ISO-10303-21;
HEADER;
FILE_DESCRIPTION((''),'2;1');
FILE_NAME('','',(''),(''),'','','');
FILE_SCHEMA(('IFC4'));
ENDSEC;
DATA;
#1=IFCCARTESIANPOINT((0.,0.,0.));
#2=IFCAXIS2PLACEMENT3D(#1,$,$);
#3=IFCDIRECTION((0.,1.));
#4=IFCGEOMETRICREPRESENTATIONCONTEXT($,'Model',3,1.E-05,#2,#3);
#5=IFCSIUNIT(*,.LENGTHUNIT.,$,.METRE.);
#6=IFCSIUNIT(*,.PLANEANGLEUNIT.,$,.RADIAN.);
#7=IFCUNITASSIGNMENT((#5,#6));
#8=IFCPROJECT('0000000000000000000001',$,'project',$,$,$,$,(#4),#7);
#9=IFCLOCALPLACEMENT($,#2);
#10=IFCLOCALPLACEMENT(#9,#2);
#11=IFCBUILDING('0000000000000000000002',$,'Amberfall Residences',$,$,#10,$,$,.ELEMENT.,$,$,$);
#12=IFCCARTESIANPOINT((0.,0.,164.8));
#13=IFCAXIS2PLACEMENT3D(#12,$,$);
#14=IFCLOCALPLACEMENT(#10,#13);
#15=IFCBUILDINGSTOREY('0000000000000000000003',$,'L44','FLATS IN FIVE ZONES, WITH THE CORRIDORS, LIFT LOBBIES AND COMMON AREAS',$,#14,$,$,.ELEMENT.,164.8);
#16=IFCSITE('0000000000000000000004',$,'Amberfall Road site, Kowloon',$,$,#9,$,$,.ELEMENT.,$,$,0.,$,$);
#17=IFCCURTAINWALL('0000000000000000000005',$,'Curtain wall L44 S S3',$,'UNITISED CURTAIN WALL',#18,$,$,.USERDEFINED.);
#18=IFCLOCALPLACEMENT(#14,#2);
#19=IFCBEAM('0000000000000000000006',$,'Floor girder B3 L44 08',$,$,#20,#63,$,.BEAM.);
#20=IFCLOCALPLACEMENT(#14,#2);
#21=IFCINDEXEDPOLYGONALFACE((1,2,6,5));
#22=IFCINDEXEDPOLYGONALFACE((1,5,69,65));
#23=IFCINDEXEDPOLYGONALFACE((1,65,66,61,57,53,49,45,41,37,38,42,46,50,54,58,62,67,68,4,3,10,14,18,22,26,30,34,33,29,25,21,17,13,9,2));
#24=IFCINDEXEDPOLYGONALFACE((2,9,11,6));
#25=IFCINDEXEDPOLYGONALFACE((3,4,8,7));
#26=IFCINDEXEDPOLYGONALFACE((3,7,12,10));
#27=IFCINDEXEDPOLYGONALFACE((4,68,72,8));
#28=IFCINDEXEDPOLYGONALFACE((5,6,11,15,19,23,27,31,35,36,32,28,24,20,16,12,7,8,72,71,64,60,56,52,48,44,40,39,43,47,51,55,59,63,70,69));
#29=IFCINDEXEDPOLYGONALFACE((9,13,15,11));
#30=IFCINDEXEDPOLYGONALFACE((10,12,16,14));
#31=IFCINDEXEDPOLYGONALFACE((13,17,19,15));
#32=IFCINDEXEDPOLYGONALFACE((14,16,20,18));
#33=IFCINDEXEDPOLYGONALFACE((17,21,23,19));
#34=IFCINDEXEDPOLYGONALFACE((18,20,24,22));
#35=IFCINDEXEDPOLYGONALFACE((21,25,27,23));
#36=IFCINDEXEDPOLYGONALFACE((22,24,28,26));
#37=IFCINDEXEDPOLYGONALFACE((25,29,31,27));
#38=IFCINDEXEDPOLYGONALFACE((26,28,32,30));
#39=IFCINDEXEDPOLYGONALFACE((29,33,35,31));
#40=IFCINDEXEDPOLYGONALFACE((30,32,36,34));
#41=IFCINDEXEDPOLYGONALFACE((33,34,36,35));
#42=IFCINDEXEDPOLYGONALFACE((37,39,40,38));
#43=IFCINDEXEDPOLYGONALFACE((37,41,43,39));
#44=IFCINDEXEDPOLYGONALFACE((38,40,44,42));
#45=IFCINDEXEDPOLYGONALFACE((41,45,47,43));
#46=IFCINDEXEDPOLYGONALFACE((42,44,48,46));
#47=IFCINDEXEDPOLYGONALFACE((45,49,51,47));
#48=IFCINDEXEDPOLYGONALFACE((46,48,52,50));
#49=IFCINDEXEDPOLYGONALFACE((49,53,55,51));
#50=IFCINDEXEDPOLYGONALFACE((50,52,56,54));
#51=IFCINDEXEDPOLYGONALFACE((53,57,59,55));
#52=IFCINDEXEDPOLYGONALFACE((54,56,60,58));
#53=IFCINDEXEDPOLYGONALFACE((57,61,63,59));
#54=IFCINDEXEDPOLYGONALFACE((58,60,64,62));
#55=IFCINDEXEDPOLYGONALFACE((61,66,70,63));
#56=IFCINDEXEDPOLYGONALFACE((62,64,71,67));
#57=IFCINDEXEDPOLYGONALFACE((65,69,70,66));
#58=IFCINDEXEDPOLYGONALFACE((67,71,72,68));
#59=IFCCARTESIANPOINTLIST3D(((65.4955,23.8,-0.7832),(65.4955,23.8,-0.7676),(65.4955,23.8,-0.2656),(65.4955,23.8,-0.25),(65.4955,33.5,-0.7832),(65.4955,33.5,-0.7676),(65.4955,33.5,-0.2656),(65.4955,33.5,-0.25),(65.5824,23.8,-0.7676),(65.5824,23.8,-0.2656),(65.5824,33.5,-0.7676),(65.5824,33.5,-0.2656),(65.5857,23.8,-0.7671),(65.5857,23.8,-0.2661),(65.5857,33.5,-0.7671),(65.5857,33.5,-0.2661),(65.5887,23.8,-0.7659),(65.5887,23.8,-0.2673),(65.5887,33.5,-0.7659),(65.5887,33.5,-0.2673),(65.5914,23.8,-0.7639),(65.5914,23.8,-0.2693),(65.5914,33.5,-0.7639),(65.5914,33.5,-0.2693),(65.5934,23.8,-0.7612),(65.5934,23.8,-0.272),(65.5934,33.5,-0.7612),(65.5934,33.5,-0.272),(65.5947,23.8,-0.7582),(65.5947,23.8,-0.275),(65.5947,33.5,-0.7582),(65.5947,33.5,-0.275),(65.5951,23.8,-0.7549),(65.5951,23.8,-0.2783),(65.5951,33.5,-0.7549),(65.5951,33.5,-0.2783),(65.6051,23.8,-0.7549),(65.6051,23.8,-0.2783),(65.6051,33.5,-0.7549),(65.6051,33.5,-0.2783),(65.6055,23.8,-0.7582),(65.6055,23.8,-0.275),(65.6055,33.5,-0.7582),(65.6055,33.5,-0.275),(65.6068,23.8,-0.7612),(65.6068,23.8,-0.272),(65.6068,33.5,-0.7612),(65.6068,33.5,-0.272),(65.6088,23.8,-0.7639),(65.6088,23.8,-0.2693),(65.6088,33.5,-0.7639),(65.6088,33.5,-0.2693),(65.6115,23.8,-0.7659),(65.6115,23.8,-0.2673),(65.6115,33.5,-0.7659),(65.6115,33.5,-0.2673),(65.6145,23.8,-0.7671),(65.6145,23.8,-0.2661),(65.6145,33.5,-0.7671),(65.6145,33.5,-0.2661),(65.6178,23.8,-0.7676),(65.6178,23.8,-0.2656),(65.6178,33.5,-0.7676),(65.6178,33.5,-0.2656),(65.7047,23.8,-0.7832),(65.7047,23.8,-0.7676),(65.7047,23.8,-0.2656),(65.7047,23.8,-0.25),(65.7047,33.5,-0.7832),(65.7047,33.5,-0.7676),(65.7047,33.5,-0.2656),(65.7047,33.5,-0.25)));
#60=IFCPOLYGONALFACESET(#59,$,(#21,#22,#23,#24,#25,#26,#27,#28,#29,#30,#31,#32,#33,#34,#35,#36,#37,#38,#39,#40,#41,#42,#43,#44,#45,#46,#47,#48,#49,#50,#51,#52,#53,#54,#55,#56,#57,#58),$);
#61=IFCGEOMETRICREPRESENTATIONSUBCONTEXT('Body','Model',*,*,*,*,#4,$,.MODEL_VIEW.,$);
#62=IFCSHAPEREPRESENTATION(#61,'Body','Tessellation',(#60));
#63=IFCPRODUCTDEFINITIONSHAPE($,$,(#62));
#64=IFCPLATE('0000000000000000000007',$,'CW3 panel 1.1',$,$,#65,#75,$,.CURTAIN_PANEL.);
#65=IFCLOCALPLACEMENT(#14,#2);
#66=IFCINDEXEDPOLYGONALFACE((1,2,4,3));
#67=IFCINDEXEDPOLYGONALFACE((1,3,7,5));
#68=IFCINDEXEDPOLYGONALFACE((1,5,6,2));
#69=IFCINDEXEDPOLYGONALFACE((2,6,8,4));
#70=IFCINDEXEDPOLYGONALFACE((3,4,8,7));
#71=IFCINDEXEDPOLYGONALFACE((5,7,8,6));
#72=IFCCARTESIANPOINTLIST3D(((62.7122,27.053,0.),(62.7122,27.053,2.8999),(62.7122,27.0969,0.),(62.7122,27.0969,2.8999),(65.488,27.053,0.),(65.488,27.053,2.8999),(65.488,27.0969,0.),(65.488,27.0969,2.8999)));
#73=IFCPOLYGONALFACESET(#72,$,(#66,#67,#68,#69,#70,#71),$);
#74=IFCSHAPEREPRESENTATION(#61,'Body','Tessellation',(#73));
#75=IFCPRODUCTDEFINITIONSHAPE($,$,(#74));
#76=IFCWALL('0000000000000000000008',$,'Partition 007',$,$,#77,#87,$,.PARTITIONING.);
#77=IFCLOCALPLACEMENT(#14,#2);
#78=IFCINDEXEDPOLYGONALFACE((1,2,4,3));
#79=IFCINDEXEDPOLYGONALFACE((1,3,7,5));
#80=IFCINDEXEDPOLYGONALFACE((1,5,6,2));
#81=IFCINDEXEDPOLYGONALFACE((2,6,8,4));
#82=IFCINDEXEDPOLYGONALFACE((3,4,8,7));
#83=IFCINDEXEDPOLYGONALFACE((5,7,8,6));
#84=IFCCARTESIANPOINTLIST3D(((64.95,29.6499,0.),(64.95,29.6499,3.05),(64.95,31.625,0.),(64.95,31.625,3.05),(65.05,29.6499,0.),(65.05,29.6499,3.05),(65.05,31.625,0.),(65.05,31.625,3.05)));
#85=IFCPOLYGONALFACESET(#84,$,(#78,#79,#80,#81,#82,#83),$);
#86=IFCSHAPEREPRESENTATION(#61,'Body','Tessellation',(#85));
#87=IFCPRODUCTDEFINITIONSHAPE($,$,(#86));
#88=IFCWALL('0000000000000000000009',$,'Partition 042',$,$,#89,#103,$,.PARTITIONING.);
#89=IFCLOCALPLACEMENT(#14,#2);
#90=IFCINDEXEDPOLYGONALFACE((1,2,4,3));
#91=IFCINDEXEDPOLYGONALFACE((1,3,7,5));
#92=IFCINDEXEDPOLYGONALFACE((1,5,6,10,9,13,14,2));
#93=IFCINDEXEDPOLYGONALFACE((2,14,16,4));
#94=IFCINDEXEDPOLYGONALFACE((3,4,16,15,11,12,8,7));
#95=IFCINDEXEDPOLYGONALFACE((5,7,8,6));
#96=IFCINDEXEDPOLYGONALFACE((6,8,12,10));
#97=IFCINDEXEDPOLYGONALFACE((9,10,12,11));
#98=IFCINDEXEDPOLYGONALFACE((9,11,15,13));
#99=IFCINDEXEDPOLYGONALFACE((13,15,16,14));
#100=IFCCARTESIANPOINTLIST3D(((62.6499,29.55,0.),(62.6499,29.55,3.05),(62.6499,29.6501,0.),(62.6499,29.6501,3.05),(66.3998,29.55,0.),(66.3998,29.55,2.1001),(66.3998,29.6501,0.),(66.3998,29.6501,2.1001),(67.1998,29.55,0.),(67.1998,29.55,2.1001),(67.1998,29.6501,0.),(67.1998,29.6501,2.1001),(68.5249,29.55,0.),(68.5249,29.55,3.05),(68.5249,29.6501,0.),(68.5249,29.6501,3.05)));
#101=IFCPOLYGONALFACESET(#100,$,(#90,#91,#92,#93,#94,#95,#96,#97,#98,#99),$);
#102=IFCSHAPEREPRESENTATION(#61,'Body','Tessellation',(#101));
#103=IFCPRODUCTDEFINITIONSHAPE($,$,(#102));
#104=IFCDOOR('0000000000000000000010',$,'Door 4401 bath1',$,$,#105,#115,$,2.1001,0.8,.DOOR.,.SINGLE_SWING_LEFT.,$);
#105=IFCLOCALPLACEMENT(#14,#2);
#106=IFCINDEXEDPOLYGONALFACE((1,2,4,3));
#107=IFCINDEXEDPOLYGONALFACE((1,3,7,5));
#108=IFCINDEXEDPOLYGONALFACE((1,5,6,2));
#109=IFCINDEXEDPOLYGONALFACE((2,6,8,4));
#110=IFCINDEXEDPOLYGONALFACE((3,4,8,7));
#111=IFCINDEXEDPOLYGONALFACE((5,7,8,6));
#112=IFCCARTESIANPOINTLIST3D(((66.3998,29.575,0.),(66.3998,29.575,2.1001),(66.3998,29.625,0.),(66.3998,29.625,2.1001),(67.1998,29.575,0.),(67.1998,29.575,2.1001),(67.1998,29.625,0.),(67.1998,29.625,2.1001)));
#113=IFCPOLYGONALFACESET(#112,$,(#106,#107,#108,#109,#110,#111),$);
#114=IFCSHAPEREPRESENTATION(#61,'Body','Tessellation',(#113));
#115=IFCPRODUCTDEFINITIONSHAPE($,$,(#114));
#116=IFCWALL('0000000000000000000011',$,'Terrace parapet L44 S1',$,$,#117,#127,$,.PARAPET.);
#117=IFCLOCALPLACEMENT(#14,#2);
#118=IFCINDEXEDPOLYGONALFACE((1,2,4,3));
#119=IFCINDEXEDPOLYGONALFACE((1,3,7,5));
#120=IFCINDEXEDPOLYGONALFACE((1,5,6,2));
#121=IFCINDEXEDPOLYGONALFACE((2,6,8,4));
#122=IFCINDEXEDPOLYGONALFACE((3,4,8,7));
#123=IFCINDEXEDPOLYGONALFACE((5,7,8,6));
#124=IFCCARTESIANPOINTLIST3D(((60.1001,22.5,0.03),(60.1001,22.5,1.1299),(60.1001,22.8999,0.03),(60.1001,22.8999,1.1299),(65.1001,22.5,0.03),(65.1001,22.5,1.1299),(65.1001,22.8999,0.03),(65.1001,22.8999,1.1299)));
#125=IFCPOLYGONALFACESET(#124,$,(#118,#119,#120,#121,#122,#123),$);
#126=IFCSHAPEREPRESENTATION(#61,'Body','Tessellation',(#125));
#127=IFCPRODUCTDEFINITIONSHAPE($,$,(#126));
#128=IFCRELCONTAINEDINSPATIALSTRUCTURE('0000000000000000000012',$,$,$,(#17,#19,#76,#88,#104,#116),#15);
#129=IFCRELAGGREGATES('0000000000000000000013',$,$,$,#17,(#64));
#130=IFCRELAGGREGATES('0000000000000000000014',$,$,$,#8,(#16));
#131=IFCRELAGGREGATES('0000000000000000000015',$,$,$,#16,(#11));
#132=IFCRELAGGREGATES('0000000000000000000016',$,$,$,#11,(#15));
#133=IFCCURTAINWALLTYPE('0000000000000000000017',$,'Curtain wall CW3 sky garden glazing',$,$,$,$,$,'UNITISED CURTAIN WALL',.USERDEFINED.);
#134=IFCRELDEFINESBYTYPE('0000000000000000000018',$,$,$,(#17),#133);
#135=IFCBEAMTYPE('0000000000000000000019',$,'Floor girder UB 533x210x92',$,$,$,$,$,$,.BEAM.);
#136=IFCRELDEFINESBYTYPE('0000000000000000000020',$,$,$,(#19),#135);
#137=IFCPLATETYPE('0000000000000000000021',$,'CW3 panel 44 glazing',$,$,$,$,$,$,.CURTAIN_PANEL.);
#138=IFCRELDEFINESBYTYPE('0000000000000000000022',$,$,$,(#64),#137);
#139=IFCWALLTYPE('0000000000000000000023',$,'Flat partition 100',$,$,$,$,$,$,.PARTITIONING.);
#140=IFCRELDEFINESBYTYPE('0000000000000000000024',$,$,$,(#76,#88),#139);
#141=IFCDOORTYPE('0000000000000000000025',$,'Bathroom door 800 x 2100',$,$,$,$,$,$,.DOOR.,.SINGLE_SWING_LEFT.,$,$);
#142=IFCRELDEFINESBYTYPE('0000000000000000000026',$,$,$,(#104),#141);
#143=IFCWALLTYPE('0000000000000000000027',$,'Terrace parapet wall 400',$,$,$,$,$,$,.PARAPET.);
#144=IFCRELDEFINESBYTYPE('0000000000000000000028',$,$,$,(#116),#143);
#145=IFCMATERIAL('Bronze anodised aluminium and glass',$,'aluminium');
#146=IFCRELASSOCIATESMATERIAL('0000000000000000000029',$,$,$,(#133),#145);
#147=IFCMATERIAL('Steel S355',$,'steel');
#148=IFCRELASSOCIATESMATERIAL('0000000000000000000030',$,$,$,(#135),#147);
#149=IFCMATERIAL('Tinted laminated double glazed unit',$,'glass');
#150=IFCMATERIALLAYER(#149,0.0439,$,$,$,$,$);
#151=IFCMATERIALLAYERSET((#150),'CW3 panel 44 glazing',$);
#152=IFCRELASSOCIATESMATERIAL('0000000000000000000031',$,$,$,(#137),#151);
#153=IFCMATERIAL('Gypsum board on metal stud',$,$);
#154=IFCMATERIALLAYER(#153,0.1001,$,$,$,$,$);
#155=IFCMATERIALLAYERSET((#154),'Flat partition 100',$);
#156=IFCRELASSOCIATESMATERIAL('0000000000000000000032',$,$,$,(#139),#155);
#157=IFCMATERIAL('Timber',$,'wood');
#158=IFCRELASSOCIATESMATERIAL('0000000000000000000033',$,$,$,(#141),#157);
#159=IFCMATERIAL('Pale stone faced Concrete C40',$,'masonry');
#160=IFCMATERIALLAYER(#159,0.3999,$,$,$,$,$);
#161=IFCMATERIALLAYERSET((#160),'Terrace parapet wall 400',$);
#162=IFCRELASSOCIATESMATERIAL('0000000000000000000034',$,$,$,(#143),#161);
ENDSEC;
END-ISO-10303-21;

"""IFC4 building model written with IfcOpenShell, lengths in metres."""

from ifc_helpers import new_model, si_unit, direction, frame, frame_2d, origin, origin_2d, place, context, subcontext, project, spatial, rectangle, i_section, extrude, material, layer, layer_set, material_profile, profile_set, type_object, element, fill, aggregate, save


model = new_model("IFC4")

# Units and contexts
model_context = context("Model", 3, precision=1e-05, world=origin(), true_north=direction((0.0, 1.0)))
body_context = subcontext(model_context, "Body", "Model", "MODEL_VIEW")
ifc_project = project(units=[si_unit("LENGTHUNIT", "METRE"), si_unit("PLANEANGLEUNIT", "RADIAN")], contexts=[model_context])

# Site, building, storey
site_placement = place(None, origin())
site = spatial("IfcSite", under=ifc_project, at=site_placement, Name="Amberfall Road site, Kowloon", CompositionType="ELEMENT", RefElevation=0.0)
building_placement = place(site_placement, origin())
building = spatial("IfcBuilding", under=site, at=building_placement, Name="Amberfall Residences", CompositionType="ELEMENT")
storey_placement = place(building_placement, frame((0.0, 0.0, 164.8)))
storey = spatial("IfcBuildingStorey", under=building, at=storey_placement, Name="L44", Description="FLATS IN FIVE ZONES, WITH THE CORRIDORS, LIFT LOBBIES AND COMMON AREAS", CompositionType="ELEMENT", Elevation=164.8)

# Curtain wall
ifc_material_1 = material(Name="Bronze anodised aluminium and glass", Category="aluminium")
curtain_wall_type = type_object("IfcCurtainWallType", Name="Curtain wall CW3 sky garden glazing", ElementType="UNITISED CURTAIN WALL", PredefinedType="USERDEFINED", material=ifc_material_1)
curtain_wall_placement = place(storey_placement, origin())
curtain_wall = element("IfcCurtainWall", 1, at=curtain_wall_placement, inside=storey, type_object=curtain_wall_type, Name="Curtain wall L44 S S3", ObjectType="UNITISED CURTAIN WALL", PredefinedType="USERDEFINED")

# Beam
ifc_material_2 = material(Name="Steel S355", Category="steel")
ifc_material_profile_1 = material_profile(ifc_material_2, i_section(OverallWidth=0.2092, OverallDepth=0.5332, WebThickness=0.01, FlangeThickness=0.0156, FilletRadius=0.0127, at=origin_2d()), Name="UB 533x210x92")
ifc_profile_set_1 = profile_set([ifc_material_profile_1], Name="Steel S355")
beam_type_1 = type_object("IfcBeamType", Name="Floor girder UB 533x210x92", PredefinedType="BEAM", material=ifc_profile_set_1)
beam_1_placement = place(storey_placement, frame((65.6001, 23.8, -0.5166), z_axis=(0.0, 1.0, 0.0), x_axis=(-1.0, 0.0, 0.0)))
element("IfcBeam", 2, at=beam_1_placement, inside=storey, type_object=beam_type_1, Name="Floor girder B3 L44 08", PredefinedType="BEAM", context=body_context, shape_type="SweptSolid", body=[
    extrude(i_section(OverallWidth=0.2092, OverallDepth=0.5332, WebThickness=0.01, FlangeThickness=0.0156, FilletRadius=0.0127, at=origin_2d()), origin(), (0.0, 0.0, 1.0), 9.7),
])

# Plate
ifc_material_3 = material(Name="Tinted laminated double glazed unit", Category="glass")
ifc_layer_1 = layer(ifc_material_3, 0.0439)
ifc_layer_set_1 = layer_set([ifc_layer_1], Name="CW3 panel 44 glazing")
plate_type = type_object("IfcPlateType", Name="CW3 panel 44 glazing", PredefinedType="CURTAIN_PANEL", material=ifc_layer_set_1)
plate_placement = place(storey_placement, frame((64.1001, 27.075, 0.0), z_axis=(0.0, 0.0, 1.0), x_axis=(1.0, 0.0, 0.0)))
plate = element("IfcPlate", 3, at=plate_placement, type_object=plate_type, Name="CW3 panel 1.1", PredefinedType="CURTAIN_PANEL", context=body_context, shape_type="SweptSolid", body=[
    extrude(rectangle(XDim=2.7759, YDim=0.0439, at=origin_2d()), origin(), (0.0, 0.0, 1.0), 2.8999),
])
aggregate(curtain_wall, [plate])

# Wall
ifc_material_4 = material(Name="Gypsum board on metal stud")
ifc_layer_2 = layer(ifc_material_4, 0.1001)
ifc_layer_set_2 = layer_set([ifc_layer_2], Name="Flat partition 100")
wall_type_1 = type_object("IfcWallType", Name="Flat partition 100", PredefinedType="PARTITIONING", material=ifc_layer_set_2)
wall_1_placement = place(storey_placement, frame((65.0, 29.6499, 0.0), z_axis=(0.0, 0.0, 1.0), x_axis=(0.0, 1.0, 0.0)))
element("IfcWall", 4, at=wall_1_placement, inside=storey, type_object=wall_type_1, Name="Partition 007", PredefinedType="PARTITIONING", context=body_context, shape_type="SweptSolid", body=[
    extrude(rectangle(XDim=1.9751, YDim=0.1001, at=frame_2d((0.9875, 0.0))), origin(), (0.0, 0.0, 1.0), 3.05),
])

# Wall, opening, door
wall_2_placement = place(storey_placement, frame((62.6499, 29.6001, 0.0), z_axis=(0.0, 0.0, 1.0), x_axis=(1.0, 0.0, 0.0)))
wall_2 = element("IfcWall", 5, at=wall_2_placement, inside=storey, type_object=wall_type_1, Name="Partition 042", PredefinedType="PARTITIONING", context=body_context, shape_type="SweptSolid", body=[
    extrude(rectangle(XDim=5.875, YDim=0.1001, at=frame_2d((2.9375, 0.0))), origin(), (0.0, 0.0, 1.0), 3.05),
])
opening_1_placement = place(wall_2_placement, frame((3.75, 0.0, 0.0)))
opening_1 = element("IfcOpeningElement", 6, at=opening_1_placement, cuts=wall_2, PredefinedType="OPENING", context=body_context, shape_type="SweptSolid", body=[
    extrude(rectangle(XDim=0.8, YDim=2.1001, at=frame_2d((0.3999, 1.05))), frame((0.0, 0.0601, 0.0), z_axis=(0.0, -1.0, 0.0), x_axis=(1.0, 0.0, 0.0)), (0.0, 0.0, 1.0), 0.1201),
])
ifc_material_5 = material(Name="Timber", Category="wood")
door_type_1 = type_object("IfcDoorType", Name="Bathroom door 800 x 2100", OperationType="SINGLE_SWING_LEFT", PredefinedType="DOOR", material=ifc_material_5)
door_1_placement = place(opening_1_placement, origin())
door_1 = element("IfcDoor", 7, at=door_1_placement, inside=storey, type_object=door_type_1, Name="Door 4401 bath1", OperationType="SINGLE_SWING_LEFT", OverallHeight=2.1001, OverallWidth=0.8, PredefinedType="DOOR", context=body_context, shape_type="SweptSolid", body=[
    extrude(rectangle(XDim=0.8, YDim=2.1001, at=frame_2d((0.3999, 1.05))), frame((0.0, 0.0249, 0.0), z_axis=(0.0, -1.0, 0.0), x_axis=(1.0, 0.0, 0.0)), (0.0, 0.0, 1.0), 0.05),
])
fill(opening_1, door_1)

# Wall
ifc_material_6 = material(Name="Pale stone faced Concrete C40", Category="masonry")
ifc_layer_3 = layer(ifc_material_6, 0.3999)
ifc_layer_set_3 = layer_set([ifc_layer_3], Name="Terrace parapet wall 400")
wall_type_2 = type_object("IfcWallType", Name="Terrace parapet wall 400", PredefinedType="PARAPET", material=ifc_layer_set_3)
wall_3_placement = place(storey_placement, frame((60.1001, 22.7, 0.03), z_axis=(0.0, 0.0, 1.0), x_axis=(1.0, 0.0, 0.0)))
element("IfcWall", 8, at=wall_3_placement, inside=storey, type_object=wall_type_2, Name="Terrace parapet L44 S1", PredefinedType="PARAPET", context=body_context, shape_type="SweptSolid", body=[
    extrude(rectangle(XDim=5.0, YDim=0.3999, at=frame_2d((2.5, 0.0))), origin(), (0.0, 0.0, 1.0), 1.0999),
])

save(model, "model.ifc")
